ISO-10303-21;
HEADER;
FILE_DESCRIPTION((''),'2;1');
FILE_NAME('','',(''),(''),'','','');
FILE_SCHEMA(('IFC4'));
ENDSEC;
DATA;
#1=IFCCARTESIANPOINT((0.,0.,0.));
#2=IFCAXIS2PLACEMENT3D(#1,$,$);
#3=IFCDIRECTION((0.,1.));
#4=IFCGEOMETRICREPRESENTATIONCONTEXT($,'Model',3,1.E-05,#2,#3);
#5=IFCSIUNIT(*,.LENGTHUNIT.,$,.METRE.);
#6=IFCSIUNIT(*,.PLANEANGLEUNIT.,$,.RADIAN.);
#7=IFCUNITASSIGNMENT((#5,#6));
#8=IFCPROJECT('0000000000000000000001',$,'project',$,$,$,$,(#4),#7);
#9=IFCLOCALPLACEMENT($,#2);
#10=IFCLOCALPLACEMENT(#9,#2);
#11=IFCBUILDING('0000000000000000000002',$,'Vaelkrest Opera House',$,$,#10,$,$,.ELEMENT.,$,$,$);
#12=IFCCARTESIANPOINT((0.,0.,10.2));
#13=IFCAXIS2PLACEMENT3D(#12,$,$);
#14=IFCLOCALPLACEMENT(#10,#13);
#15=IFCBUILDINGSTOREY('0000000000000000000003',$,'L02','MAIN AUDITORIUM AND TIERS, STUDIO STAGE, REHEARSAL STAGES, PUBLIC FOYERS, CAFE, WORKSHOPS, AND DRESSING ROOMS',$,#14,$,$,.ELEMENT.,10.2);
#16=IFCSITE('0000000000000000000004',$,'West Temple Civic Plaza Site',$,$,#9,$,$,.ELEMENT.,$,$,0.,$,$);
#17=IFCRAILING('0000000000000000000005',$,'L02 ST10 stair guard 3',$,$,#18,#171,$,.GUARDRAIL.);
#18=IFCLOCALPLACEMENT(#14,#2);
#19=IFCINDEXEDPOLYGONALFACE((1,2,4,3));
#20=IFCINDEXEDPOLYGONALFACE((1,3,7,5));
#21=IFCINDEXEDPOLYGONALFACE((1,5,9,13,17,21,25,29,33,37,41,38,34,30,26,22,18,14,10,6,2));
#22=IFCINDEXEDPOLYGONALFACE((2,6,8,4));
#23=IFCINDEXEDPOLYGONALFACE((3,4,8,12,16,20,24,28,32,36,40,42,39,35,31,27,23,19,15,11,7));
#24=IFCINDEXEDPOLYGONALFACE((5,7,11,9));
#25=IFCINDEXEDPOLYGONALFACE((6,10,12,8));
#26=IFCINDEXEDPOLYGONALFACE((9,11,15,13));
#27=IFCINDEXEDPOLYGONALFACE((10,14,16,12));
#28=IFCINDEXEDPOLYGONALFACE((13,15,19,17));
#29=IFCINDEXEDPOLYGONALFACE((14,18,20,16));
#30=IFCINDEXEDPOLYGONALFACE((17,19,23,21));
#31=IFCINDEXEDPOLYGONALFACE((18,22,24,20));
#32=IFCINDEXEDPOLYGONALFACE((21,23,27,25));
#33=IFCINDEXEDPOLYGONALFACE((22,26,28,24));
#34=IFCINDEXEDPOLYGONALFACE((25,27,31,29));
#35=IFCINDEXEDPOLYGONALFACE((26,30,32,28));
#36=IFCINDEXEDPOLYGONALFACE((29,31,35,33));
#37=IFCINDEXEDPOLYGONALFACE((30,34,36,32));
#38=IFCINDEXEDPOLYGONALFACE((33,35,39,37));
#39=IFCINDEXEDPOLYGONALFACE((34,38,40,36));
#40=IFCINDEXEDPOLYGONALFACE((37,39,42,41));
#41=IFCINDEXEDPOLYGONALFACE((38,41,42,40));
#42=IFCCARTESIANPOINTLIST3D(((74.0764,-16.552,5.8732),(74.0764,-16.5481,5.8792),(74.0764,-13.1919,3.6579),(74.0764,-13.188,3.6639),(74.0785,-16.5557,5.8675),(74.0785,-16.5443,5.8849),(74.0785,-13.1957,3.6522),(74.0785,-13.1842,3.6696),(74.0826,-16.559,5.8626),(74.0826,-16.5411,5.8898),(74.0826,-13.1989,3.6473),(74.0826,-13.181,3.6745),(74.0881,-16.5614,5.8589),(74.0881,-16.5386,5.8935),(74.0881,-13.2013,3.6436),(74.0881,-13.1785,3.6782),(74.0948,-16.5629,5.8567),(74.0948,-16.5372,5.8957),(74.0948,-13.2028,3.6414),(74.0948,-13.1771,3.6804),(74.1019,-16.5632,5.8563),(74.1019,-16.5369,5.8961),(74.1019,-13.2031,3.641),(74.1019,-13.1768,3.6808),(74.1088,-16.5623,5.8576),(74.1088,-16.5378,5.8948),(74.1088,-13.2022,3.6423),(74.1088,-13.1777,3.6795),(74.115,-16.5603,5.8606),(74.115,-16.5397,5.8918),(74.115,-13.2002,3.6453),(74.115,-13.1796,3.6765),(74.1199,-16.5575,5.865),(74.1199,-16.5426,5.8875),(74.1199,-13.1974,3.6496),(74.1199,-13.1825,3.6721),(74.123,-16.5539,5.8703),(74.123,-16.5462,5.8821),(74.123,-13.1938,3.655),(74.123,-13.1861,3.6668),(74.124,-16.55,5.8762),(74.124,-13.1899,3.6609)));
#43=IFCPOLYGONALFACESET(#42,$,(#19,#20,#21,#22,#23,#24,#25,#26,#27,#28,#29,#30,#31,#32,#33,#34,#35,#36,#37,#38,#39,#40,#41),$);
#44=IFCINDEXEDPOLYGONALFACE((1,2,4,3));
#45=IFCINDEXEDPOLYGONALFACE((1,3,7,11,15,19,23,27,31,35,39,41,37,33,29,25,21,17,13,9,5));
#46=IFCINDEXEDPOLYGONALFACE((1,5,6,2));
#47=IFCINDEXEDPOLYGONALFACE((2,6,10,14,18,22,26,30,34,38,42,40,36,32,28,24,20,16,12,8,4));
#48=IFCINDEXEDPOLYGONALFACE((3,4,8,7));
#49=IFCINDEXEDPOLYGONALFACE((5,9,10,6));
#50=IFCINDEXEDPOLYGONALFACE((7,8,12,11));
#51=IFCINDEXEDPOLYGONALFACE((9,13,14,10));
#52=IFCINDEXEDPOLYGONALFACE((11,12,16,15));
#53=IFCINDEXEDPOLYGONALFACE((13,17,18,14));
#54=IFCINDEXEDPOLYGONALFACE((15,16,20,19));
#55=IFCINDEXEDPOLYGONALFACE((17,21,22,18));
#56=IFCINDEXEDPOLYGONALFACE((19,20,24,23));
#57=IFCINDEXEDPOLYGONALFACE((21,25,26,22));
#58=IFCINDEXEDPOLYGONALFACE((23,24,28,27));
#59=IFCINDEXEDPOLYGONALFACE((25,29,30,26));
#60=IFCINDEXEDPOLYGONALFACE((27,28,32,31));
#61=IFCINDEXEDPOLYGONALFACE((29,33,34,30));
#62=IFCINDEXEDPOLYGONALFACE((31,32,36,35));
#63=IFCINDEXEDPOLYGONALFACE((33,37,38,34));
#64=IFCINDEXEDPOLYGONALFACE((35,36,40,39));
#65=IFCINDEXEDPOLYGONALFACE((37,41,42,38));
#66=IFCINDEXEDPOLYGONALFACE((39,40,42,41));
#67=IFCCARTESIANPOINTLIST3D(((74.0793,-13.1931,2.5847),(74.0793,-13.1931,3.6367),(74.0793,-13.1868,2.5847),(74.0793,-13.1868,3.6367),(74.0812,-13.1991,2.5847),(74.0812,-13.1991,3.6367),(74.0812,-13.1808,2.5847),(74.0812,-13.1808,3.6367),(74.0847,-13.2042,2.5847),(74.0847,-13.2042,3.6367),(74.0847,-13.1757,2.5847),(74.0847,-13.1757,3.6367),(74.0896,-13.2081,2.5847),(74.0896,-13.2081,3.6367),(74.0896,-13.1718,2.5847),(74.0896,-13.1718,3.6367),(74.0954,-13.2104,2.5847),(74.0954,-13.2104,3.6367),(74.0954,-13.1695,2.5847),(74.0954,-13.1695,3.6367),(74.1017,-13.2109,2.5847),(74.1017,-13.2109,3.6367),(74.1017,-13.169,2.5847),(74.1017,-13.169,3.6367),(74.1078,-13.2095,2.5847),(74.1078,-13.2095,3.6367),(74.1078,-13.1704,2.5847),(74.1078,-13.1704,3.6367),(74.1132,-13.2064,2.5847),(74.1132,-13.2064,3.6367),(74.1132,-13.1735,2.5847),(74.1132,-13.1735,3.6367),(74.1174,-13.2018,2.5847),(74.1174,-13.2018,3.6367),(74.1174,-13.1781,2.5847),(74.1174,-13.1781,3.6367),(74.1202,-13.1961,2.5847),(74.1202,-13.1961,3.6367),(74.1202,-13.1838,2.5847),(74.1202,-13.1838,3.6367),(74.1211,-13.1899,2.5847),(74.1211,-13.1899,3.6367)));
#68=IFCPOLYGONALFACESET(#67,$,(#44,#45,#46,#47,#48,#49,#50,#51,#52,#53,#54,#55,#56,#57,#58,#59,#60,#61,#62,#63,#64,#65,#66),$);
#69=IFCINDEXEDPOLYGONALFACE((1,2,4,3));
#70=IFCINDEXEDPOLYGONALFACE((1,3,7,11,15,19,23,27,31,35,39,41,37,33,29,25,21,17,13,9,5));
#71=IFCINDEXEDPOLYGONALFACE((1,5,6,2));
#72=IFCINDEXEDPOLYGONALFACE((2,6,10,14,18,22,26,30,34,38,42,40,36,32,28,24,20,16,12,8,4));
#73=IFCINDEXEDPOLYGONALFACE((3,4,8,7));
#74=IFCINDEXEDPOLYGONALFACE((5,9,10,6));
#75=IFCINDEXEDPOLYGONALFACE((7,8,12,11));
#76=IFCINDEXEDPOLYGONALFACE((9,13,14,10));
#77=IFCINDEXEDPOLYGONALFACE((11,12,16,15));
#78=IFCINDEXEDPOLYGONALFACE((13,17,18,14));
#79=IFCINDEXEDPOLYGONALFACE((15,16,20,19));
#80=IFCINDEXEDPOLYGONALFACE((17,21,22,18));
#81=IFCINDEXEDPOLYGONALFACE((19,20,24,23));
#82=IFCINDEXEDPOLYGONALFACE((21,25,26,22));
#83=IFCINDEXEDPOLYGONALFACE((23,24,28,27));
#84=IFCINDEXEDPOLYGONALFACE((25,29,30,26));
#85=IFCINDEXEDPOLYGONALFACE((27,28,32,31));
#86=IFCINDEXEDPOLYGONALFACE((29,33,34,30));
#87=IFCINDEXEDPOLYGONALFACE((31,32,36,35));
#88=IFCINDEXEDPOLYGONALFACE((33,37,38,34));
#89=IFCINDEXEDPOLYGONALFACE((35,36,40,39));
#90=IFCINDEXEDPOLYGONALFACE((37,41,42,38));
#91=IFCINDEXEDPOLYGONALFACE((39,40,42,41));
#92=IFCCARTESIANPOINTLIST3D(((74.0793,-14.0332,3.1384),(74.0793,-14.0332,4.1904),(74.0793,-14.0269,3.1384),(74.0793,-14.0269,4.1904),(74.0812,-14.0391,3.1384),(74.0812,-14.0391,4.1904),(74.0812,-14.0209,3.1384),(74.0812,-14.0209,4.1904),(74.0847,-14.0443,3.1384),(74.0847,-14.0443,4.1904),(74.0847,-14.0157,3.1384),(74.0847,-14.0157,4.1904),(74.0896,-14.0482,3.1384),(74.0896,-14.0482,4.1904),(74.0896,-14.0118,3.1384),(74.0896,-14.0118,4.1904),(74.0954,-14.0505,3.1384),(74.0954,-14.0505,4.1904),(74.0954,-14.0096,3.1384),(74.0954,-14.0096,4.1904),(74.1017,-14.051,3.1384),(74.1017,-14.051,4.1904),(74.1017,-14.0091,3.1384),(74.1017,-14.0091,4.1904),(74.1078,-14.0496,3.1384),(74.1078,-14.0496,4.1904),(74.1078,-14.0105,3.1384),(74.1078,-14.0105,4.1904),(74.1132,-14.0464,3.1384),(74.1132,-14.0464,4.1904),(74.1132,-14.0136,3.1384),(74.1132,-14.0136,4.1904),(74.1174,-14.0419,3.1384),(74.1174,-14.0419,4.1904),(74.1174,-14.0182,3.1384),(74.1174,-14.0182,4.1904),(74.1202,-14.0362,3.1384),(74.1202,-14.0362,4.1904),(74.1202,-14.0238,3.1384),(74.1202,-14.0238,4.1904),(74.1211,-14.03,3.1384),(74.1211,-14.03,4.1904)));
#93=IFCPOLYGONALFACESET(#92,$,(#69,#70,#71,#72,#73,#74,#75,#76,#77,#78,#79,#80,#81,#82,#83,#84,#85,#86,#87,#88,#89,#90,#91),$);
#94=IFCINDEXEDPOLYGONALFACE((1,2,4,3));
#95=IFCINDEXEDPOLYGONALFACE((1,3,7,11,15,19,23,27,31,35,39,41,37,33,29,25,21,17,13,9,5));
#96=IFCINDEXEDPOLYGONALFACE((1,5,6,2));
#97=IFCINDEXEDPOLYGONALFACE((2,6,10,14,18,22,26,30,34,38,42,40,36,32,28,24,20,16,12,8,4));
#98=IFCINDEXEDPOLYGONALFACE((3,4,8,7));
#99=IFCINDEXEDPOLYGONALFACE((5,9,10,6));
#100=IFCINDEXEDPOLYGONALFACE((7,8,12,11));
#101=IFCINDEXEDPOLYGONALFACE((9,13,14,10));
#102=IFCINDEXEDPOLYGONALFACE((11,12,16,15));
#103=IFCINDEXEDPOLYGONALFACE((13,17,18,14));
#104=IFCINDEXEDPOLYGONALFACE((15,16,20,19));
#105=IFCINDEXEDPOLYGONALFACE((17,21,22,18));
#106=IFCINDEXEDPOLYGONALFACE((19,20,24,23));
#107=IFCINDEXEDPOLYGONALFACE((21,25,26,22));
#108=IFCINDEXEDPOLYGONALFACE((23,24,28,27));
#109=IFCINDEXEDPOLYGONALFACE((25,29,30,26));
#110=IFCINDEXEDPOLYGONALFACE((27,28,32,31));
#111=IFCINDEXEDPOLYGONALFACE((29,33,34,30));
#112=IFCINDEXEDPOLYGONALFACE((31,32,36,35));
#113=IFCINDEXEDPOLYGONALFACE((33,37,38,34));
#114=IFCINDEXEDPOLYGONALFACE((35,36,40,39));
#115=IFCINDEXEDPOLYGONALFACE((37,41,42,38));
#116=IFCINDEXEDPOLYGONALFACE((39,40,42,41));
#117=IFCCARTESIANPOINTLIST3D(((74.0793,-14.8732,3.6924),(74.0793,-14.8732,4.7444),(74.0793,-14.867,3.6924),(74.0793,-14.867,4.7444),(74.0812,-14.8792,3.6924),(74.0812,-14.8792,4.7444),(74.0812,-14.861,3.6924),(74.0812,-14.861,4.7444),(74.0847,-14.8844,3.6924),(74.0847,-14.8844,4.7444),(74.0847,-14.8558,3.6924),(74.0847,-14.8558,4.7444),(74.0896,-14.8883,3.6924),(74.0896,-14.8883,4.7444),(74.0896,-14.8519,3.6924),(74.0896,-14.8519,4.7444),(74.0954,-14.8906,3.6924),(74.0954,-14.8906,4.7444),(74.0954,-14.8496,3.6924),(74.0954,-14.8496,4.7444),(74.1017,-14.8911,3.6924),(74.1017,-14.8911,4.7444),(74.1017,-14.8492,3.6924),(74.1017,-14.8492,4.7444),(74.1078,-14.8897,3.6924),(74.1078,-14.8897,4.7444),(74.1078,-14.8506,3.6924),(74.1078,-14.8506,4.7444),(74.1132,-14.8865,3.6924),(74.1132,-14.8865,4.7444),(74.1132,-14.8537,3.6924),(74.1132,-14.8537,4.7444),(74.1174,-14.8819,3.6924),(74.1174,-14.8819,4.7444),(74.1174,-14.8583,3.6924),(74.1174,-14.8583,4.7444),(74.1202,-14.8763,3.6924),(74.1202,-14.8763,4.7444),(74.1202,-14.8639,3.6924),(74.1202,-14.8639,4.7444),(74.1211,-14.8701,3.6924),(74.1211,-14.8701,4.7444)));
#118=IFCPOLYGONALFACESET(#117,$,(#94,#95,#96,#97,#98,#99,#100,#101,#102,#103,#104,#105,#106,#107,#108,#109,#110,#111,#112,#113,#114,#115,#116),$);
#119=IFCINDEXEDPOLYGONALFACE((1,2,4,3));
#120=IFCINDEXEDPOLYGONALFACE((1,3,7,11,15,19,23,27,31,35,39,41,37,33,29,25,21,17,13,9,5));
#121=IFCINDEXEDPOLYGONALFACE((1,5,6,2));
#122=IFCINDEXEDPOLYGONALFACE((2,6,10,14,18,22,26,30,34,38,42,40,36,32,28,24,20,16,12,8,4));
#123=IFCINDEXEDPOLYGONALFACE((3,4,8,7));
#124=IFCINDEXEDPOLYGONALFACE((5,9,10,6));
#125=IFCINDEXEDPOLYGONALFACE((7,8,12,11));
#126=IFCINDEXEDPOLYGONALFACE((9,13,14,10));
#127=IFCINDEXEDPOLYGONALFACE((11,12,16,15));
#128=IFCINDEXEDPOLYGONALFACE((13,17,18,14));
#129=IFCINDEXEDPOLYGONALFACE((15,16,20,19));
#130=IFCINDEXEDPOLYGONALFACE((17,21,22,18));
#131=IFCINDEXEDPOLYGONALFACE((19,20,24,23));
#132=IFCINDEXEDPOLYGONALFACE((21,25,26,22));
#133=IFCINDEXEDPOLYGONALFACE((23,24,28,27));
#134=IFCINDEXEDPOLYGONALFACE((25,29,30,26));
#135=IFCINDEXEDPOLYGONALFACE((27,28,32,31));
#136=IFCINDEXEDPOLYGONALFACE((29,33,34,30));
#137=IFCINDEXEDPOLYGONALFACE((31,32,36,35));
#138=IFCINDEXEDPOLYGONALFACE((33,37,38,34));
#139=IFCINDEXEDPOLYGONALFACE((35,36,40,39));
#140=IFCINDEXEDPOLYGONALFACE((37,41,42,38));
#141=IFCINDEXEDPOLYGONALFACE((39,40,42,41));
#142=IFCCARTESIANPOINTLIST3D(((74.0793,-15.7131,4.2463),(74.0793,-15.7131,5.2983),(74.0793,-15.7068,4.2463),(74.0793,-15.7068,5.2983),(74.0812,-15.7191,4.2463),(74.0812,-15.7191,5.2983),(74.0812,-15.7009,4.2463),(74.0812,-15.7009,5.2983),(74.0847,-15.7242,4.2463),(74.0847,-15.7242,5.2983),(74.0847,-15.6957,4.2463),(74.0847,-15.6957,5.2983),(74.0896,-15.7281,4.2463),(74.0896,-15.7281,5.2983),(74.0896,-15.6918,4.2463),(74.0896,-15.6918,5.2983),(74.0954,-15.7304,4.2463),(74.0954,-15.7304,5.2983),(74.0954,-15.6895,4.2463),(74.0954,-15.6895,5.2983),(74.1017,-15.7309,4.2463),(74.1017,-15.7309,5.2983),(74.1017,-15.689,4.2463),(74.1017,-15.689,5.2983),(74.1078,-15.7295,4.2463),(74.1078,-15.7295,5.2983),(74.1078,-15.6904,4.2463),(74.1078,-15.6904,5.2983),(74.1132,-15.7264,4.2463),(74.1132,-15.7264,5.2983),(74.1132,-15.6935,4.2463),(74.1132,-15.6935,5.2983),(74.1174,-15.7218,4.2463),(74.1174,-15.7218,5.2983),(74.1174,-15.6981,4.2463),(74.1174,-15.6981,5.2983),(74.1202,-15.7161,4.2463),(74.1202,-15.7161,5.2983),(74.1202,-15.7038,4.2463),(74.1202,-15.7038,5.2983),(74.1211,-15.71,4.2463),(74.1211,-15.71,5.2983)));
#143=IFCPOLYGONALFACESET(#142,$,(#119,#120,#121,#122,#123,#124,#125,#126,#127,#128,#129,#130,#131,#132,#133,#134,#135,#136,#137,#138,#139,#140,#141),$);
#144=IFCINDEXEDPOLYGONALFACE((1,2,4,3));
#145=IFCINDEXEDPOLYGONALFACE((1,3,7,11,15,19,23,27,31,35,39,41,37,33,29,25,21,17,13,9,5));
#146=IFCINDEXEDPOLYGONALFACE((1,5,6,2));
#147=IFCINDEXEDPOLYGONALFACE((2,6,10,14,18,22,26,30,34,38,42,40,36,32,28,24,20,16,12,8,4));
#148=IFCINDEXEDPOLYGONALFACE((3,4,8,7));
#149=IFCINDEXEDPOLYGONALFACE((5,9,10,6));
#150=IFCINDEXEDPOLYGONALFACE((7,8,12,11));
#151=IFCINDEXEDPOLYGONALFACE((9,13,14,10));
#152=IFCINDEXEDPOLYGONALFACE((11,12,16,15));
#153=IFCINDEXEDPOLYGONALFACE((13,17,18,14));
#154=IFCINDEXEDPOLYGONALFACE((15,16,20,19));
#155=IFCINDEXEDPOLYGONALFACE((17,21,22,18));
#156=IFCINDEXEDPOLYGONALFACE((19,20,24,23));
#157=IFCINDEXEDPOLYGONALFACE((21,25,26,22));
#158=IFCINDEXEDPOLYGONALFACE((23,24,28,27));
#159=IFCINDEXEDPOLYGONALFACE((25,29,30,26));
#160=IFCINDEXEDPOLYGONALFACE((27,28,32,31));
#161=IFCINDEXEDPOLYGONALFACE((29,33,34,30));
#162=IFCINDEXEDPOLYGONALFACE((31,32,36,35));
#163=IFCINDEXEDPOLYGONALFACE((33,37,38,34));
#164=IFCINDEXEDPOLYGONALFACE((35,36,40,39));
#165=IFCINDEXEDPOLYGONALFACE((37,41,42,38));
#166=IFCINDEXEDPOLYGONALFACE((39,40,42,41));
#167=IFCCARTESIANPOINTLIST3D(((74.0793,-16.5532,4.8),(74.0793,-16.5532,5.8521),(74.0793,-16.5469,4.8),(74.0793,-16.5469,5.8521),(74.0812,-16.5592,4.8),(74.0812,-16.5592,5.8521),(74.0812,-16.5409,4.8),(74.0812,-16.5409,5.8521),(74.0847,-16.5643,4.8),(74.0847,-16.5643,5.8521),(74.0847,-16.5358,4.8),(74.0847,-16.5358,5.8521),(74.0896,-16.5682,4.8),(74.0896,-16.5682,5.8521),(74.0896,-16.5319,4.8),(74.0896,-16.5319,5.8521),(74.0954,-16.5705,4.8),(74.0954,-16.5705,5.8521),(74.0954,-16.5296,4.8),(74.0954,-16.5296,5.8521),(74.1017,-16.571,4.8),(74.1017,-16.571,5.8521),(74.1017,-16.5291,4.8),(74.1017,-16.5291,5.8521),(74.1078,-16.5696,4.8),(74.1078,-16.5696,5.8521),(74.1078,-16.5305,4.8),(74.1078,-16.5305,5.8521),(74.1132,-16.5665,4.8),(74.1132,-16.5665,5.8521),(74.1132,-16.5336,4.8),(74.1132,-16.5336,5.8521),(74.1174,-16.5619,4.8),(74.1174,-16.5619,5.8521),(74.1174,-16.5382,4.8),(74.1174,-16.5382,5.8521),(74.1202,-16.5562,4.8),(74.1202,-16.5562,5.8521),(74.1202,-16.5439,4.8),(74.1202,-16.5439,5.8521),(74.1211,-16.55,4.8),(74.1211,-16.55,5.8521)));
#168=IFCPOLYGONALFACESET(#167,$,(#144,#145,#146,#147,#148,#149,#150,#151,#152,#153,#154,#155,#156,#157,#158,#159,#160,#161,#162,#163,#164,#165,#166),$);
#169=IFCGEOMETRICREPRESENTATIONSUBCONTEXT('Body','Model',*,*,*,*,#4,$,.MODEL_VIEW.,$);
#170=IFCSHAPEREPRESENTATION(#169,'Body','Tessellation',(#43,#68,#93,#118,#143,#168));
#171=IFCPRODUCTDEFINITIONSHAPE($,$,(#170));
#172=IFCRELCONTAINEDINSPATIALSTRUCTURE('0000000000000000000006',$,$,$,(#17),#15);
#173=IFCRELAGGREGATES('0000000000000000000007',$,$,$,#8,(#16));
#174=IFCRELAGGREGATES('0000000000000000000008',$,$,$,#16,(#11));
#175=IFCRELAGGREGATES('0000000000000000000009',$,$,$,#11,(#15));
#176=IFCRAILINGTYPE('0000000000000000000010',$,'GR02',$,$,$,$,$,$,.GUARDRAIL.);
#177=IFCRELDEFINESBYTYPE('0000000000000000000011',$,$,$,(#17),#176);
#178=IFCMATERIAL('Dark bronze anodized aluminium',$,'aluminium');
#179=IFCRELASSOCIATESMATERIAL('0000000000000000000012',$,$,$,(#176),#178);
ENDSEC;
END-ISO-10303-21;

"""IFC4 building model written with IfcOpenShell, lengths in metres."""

from ifc_helpers import new_model, si_unit, direction, frame, origin, origin_2d, place, context, subcontext, project, spatial, circle, extrude, material, type_object, element, save


model = new_model("IFC4")

# Units and contexts
model_context = context("Model", 3, precision=1e-05, world=origin(), true_north=direction((0.0, 1.0)))
body_context = subcontext(model_context, "Body", "Model", "MODEL_VIEW")
ifc_project = project(units=[si_unit("LENGTHUNIT", "METRE"), si_unit("PLANEANGLEUNIT", "RADIAN")], contexts=[model_context])

# Site, building, storey
site_placement = place(None, origin())
site = spatial("IfcSite", under=ifc_project, at=site_placement, Name="West Temple Civic Plaza Site", CompositionType="ELEMENT", RefElevation=0.0)
building_placement = place(site_placement, origin())
building = spatial("IfcBuilding", under=site, at=building_placement, Name="Vaelkrest Opera House", CompositionType="ELEMENT")
storey_placement = place(building_placement, frame((0.0, 0.0, 10.2)))
storey = spatial("IfcBuildingStorey", under=building, at=storey_placement, Name="L02", Description="MAIN AUDITORIUM AND TIERS, STUDIO STAGE, REHEARSAL STAGES, PUBLIC FOYERS, CAFE, WORKSHOPS, AND DRESSING ROOMS", CompositionType="ELEMENT", Elevation=10.2)

# Railing
ifc_material_1 = material(Name="Dark bronze anodized aluminium", Category="aluminium")
railing_type_1 = type_object("IfcRailingType", Name="GR02", PredefinedType="GUARDRAIL", material=ifc_material_1)
railing_1_placement = place(storey_placement, frame((74.1001, -13.1899, 2.5847)))
element("IfcRailing", 1, at=railing_1_placement, inside=storey, type_object=railing_type_1, Name="L02 ST10 stair guard 3", PredefinedType="GUARDRAIL", context=body_context, shape_type="SweptSolid", body=[
    extrude(circle(Radius=0.0239, at=origin_2d()), frame((0.0, 0.0, 1.0762), z_axis=(0.0, -0.834876, 0.550437), x_axis=(1.0, 0.0, 0.0)), (0.0, 0.0, 1.0), 4.0247),
    extrude(circle(Radius=0.021, at=origin_2d()), origin(), (0.0, 0.0, 1.0), 1.052),
    extrude(circle(Radius=0.021, at=origin_2d()), frame((0.0, -0.8401, 0.5537)), (0.0, 0.0, 1.0), 1.052),
    extrude(circle(Radius=0.021, at=origin_2d()), frame((0.0, -1.6802, 1.1077)), (0.0, 0.0, 1.0), 1.052),
    extrude(circle(Radius=0.021, at=origin_2d()), frame((0.0, -2.52, 1.6616)), (0.0, 0.0, 1.0), 1.052),
    extrude(circle(Radius=0.021, at=origin_2d()), frame((0.0, -3.3601, 2.2153)), (0.0, 0.0, 1.0), 1.052),
])

save(model, "model.ifc")
